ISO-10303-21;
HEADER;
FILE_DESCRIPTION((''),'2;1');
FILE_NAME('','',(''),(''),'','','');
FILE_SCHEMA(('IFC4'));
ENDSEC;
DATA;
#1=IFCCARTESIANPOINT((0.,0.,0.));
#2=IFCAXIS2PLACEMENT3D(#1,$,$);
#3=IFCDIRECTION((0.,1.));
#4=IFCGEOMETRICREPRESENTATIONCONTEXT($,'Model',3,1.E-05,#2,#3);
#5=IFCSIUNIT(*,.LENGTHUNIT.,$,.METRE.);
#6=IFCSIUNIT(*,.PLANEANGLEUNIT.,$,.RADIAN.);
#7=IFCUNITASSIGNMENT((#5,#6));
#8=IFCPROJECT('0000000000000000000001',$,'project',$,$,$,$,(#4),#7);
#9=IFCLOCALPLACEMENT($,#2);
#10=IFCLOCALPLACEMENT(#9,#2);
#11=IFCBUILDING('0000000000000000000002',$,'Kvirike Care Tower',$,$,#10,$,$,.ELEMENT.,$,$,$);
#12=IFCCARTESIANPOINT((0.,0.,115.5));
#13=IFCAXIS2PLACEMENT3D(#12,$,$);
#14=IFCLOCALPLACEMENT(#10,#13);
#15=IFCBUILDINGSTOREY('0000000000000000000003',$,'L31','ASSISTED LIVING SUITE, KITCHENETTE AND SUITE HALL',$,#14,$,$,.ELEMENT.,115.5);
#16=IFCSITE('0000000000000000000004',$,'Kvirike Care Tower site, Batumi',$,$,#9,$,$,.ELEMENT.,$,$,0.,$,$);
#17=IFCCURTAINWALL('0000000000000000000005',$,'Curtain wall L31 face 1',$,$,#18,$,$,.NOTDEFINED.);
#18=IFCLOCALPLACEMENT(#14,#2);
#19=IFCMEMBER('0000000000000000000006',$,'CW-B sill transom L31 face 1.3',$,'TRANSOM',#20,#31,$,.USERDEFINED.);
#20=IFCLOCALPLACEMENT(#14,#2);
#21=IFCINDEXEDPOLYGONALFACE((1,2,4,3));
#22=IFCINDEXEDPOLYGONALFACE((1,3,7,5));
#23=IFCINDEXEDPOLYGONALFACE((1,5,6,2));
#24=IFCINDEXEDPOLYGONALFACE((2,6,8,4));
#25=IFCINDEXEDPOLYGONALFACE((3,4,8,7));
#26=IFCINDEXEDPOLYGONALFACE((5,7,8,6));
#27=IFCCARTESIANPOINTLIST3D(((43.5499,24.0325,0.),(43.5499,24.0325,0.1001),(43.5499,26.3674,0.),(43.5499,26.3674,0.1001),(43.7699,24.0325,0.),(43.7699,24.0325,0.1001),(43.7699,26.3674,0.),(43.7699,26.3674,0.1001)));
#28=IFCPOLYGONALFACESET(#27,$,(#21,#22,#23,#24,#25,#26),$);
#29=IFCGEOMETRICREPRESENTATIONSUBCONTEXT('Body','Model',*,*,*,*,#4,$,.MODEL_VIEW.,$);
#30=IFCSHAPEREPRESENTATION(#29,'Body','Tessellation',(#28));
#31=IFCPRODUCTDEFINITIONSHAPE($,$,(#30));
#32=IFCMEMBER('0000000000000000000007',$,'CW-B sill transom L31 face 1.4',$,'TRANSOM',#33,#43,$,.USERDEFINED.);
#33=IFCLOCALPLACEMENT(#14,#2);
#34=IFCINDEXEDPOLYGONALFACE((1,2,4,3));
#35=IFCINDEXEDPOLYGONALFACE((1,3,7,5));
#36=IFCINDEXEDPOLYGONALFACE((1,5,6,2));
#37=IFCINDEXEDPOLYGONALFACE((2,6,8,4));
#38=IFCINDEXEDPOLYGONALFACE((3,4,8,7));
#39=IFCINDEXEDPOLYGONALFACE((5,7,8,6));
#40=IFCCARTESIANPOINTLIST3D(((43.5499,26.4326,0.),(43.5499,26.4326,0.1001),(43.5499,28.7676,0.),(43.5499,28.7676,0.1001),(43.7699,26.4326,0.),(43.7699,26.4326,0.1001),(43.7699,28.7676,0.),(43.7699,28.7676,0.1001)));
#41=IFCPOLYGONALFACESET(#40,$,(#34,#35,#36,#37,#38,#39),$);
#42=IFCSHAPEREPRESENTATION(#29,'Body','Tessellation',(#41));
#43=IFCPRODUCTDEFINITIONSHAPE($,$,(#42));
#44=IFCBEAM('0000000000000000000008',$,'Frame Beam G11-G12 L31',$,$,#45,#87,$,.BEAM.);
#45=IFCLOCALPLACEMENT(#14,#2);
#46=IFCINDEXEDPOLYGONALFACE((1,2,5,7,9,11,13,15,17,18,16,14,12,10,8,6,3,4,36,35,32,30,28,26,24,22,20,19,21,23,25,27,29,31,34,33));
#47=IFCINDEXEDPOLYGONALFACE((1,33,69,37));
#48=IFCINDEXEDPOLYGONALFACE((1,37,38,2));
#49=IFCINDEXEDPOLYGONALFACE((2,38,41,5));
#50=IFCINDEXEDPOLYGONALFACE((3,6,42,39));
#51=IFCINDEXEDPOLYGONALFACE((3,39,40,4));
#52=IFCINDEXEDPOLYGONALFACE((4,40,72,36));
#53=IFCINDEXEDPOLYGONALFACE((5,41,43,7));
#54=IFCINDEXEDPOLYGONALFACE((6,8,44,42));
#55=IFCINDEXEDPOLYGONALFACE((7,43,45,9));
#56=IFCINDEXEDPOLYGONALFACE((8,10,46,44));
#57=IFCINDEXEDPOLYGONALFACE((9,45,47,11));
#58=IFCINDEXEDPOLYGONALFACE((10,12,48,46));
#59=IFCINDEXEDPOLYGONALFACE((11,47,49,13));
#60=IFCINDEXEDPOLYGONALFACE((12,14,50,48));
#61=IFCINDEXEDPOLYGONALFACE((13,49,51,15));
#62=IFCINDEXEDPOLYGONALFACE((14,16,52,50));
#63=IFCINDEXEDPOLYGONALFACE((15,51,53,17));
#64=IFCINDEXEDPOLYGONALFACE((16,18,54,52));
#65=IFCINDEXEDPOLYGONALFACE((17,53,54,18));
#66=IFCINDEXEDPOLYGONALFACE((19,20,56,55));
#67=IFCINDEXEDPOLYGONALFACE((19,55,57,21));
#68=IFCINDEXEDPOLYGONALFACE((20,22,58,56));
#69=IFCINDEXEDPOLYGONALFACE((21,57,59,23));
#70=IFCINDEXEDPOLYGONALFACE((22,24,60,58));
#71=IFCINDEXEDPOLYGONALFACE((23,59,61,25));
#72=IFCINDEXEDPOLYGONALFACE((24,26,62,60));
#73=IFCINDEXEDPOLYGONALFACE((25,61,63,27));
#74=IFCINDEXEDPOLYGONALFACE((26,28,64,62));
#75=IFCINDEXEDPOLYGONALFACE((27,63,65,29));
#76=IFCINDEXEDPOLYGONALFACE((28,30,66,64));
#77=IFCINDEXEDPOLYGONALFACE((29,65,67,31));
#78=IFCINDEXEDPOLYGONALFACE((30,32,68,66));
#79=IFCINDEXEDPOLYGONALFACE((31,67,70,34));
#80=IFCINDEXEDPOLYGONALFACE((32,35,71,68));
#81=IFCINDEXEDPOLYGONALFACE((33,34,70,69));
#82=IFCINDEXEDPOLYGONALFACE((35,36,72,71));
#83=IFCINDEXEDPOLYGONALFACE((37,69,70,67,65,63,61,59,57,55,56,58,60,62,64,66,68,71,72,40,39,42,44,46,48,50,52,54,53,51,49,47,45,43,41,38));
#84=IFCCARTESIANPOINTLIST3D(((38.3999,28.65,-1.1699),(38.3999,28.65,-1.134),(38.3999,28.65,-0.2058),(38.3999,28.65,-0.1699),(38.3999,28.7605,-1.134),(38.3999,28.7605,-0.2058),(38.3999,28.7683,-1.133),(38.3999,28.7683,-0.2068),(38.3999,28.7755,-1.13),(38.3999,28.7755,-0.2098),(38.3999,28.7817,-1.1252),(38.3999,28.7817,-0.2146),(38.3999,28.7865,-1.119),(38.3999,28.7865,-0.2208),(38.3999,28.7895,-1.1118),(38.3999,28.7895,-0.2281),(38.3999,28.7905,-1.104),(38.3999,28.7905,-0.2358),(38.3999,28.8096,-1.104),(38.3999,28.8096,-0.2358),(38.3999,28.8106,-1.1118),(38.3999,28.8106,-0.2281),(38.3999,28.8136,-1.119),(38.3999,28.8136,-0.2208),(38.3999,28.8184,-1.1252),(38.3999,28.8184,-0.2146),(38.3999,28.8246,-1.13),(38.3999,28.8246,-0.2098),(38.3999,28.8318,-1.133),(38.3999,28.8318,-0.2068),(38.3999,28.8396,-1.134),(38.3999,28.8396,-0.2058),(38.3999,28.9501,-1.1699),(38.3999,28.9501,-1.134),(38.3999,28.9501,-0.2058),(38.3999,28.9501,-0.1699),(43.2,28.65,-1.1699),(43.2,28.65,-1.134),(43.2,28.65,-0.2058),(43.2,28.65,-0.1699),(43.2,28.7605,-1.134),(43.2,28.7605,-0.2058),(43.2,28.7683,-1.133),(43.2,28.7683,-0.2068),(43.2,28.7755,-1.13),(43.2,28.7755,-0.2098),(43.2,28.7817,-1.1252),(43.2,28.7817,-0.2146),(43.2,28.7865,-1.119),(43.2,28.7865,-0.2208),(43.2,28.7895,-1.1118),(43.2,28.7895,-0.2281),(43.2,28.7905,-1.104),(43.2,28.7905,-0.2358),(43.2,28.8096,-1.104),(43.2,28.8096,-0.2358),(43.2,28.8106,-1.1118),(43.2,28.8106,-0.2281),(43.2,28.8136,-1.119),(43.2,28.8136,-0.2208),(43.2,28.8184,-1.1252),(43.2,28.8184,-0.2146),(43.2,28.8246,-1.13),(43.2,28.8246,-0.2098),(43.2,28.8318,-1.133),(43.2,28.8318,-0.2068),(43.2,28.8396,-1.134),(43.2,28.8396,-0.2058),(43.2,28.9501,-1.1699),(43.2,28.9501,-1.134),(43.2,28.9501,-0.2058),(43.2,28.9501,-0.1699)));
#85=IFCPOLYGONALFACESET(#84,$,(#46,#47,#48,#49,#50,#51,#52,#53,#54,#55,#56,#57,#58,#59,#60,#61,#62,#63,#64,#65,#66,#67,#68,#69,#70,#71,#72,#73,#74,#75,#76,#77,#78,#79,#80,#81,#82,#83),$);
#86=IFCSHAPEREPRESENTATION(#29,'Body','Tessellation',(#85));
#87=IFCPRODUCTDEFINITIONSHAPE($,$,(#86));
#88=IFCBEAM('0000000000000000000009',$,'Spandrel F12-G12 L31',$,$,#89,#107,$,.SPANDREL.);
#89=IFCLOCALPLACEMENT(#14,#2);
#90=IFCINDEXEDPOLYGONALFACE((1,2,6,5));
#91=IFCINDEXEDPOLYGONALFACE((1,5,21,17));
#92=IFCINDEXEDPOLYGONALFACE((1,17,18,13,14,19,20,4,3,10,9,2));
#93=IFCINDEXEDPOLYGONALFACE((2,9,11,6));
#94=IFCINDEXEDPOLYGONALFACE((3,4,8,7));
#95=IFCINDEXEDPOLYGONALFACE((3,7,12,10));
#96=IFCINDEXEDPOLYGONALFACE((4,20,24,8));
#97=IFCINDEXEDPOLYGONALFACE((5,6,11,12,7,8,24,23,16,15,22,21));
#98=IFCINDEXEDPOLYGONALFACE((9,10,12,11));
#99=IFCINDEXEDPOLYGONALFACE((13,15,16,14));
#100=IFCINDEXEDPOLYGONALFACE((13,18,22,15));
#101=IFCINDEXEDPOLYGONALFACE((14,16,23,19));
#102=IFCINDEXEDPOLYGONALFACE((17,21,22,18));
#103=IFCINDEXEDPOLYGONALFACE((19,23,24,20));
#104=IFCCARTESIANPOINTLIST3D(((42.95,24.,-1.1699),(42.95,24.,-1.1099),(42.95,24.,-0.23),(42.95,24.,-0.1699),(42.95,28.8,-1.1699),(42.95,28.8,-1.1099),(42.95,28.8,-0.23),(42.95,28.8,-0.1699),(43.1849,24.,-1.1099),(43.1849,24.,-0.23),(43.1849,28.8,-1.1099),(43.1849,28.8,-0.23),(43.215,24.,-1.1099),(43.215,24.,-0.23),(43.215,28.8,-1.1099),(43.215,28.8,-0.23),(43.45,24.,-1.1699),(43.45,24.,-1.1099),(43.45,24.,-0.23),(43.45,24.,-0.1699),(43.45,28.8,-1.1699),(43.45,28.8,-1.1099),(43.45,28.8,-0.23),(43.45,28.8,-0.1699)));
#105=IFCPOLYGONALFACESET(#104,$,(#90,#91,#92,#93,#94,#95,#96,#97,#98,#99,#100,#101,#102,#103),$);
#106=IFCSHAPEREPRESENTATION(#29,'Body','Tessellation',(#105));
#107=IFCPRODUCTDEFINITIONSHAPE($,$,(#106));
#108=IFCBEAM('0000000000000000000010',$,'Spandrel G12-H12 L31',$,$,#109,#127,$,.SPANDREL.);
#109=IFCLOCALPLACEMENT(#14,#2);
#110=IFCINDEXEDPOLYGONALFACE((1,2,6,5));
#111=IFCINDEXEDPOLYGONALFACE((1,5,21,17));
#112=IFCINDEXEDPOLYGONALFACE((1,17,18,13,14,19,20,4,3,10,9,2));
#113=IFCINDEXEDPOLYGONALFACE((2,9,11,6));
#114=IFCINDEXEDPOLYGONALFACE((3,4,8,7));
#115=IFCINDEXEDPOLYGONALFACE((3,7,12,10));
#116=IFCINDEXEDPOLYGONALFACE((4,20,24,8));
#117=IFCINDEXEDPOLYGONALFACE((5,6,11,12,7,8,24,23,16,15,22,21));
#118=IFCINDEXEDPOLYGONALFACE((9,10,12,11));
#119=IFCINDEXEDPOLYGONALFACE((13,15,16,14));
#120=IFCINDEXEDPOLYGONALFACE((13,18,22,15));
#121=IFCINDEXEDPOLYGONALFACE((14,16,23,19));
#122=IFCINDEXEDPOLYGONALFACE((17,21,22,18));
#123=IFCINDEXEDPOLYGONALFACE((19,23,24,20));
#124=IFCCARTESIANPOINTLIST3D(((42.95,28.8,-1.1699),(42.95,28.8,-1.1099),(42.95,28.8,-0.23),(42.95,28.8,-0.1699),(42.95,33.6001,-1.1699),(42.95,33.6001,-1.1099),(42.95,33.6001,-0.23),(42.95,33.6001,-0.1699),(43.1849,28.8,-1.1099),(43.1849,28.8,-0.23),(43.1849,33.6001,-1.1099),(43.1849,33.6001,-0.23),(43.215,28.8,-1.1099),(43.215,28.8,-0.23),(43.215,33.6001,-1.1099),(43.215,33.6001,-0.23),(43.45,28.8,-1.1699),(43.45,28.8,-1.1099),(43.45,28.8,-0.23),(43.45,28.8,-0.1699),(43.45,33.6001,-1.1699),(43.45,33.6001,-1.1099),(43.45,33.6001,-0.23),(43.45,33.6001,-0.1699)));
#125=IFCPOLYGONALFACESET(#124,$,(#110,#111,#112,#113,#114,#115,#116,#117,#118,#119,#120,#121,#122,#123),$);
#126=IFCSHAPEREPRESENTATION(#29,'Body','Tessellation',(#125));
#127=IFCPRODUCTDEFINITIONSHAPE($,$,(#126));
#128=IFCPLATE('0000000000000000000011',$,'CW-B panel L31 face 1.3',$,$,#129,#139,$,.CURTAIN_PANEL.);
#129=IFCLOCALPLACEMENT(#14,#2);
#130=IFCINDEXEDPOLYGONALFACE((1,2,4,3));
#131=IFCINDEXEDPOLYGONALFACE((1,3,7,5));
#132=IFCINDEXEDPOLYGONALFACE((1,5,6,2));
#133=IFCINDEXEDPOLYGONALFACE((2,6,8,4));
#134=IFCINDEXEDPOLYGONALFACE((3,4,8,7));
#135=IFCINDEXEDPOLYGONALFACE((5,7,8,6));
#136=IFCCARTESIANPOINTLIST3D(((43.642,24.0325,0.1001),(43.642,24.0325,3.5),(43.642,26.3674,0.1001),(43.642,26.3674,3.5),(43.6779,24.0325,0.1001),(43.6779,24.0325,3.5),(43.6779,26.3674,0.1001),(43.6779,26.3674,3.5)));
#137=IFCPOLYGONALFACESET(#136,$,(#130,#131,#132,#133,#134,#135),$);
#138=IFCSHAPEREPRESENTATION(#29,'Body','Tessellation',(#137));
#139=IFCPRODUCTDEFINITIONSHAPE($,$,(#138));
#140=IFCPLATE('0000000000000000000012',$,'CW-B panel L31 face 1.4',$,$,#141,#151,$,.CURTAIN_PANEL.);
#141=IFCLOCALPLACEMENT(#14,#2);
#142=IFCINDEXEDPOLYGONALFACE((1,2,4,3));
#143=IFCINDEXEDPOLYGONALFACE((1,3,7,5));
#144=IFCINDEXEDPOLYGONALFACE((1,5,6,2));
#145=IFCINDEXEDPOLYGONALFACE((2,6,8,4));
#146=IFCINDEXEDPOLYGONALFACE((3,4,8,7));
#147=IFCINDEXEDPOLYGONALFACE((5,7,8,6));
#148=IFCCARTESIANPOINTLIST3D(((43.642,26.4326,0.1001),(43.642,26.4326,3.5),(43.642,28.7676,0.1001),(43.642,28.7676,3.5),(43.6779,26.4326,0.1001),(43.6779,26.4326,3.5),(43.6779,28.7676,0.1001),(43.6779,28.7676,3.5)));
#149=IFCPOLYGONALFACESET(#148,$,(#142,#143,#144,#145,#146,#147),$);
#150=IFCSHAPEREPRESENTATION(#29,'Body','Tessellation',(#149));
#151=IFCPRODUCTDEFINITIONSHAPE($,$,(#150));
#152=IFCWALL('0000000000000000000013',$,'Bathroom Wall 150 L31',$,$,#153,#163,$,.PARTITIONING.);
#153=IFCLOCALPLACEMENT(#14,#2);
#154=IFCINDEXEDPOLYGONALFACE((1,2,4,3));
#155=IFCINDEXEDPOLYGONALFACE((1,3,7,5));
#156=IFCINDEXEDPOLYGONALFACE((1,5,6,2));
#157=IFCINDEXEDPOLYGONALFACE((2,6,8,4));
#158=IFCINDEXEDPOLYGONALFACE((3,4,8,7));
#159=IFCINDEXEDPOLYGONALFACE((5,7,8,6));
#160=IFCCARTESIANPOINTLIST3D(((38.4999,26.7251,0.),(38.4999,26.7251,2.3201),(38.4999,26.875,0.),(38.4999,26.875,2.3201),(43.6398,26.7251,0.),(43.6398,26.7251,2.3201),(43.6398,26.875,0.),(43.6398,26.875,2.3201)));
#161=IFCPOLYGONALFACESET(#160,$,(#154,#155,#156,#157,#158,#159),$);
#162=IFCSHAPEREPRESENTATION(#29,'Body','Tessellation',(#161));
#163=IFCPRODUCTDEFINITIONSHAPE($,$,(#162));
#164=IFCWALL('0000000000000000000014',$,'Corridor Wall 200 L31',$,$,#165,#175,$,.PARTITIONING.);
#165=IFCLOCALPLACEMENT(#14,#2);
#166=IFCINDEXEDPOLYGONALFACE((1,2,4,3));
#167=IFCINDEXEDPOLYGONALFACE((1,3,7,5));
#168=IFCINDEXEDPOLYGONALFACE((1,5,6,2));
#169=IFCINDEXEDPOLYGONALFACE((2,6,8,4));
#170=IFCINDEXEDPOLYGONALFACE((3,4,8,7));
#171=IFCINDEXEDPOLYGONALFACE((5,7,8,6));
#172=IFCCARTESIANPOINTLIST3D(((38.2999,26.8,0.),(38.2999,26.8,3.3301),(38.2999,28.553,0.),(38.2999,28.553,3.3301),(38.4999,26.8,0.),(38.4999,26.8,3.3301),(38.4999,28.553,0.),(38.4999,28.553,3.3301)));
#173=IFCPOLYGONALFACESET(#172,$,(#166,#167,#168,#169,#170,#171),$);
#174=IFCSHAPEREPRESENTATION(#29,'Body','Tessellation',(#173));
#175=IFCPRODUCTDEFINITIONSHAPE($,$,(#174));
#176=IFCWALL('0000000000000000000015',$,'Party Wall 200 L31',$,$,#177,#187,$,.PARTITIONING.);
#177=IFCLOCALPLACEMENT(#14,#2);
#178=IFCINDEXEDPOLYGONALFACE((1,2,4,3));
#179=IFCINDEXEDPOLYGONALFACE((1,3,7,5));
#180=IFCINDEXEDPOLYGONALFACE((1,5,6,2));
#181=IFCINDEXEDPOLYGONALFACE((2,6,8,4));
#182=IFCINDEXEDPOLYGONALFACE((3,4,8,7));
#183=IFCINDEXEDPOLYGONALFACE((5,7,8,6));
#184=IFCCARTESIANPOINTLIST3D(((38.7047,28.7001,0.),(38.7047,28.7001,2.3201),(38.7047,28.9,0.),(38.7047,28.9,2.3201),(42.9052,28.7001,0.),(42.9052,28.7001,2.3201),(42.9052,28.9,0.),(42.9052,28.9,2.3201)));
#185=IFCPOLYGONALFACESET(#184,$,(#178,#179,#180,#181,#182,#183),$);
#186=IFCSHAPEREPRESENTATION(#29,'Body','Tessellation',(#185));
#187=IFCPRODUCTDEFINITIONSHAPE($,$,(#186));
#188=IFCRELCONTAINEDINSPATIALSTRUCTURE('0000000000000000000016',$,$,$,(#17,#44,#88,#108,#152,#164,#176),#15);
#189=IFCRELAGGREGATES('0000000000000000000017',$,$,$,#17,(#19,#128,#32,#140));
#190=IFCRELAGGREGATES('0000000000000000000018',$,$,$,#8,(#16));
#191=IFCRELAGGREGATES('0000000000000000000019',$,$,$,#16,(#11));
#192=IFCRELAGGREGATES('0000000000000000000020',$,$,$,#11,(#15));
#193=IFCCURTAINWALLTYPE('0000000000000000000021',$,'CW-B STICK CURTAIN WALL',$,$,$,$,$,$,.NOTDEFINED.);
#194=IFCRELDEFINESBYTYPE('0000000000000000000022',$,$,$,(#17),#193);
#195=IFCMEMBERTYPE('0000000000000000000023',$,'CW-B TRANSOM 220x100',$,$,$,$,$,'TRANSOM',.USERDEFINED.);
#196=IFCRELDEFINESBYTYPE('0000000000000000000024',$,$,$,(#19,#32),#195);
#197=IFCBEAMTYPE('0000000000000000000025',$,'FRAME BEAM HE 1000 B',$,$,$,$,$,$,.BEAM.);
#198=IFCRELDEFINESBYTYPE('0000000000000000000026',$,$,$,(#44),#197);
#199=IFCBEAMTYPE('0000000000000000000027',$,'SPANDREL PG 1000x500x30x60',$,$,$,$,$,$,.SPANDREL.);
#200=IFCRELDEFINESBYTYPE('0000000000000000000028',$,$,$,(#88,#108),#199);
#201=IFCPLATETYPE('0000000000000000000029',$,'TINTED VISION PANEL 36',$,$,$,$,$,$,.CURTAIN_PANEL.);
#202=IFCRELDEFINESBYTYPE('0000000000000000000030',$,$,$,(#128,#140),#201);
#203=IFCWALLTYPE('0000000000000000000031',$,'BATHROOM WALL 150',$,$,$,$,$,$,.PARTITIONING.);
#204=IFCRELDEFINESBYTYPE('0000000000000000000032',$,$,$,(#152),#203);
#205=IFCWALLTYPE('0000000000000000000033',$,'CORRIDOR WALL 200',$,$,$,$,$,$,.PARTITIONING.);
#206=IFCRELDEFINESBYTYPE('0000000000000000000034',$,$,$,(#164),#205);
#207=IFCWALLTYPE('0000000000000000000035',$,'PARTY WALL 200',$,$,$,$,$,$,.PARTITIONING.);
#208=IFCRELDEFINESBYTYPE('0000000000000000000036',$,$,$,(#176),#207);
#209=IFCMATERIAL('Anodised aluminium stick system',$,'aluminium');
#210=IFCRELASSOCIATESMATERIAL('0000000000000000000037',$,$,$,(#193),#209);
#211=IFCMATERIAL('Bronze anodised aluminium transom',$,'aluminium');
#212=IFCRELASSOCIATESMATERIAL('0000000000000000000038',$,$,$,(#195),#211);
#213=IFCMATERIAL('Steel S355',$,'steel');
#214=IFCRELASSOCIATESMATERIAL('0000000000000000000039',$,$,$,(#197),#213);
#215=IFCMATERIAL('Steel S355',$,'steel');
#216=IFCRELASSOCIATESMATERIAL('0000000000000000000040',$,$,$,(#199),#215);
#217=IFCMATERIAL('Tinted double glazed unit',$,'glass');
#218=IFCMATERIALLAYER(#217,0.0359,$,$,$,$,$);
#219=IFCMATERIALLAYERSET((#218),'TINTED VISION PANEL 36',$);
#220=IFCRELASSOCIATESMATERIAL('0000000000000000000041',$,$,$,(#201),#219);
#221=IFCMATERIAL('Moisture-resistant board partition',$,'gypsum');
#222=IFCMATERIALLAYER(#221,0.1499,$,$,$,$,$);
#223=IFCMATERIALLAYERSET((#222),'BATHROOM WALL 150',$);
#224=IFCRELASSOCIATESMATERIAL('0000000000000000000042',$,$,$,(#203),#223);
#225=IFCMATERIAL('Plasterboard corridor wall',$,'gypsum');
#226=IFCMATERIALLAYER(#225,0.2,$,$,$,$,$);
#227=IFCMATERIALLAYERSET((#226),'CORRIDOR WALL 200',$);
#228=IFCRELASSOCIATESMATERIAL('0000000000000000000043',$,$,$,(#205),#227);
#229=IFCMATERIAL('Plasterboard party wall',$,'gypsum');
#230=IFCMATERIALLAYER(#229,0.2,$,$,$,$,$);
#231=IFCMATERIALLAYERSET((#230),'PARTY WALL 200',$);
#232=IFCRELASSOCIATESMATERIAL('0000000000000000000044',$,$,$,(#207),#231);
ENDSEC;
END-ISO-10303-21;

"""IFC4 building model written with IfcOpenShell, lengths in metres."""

from ifc_helpers import new_model, si_unit, direction, frame, frame_2d, origin, origin_2d, place, context, subcontext, project, spatial, rectangle, i_section, extrude, material, layer, layer_set, material_profile, profile_set, type_object, element, aggregate, save


model = new_model("IFC4")

# Units and contexts
model_context = context("Model", 3, precision=1e-05, world=origin(), true_north=direction((0.0, 1.0)))
body_context = subcontext(model_context, "Body", "Model", "MODEL_VIEW")
ifc_project = project(units=[si_unit("LENGTHUNIT", "METRE"), si_unit("PLANEANGLEUNIT", "RADIAN")], contexts=[model_context])

# Site, building, storey
site_placement = place(None, origin())
site = spatial("IfcSite", under=ifc_project, at=site_placement, Name="Kvirike Care Tower site, Batumi", CompositionType="ELEMENT", RefElevation=0.0)
building_placement = place(site_placement, origin())
building = spatial("IfcBuilding", under=site, at=building_placement, Name="Kvirike Care Tower", CompositionType="ELEMENT")
storey_placement = place(building_placement, frame((0.0, 0.0, 115.5)))
storey = spatial("IfcBuildingStorey", under=building, at=storey_placement, Name="L31", Description="ASSISTED LIVING SUITE, KITCHENETTE AND SUITE HALL", CompositionType="ELEMENT", Elevation=115.5)

# Curtain wall, members
ifc_material_1 = material(Name="Anodised aluminium stick system", Category="aluminium")
curtain_wall_type = type_object("IfcCurtainWallType", Name="CW-B STICK CURTAIN WALL", PredefinedType="NOTDEFINED", material=ifc_material_1)
curtain_wall_placement = place(storey_placement, origin())
curtain_wall = element("IfcCurtainWall", 1, at=curtain_wall_placement, inside=storey, type_object=curtain_wall_type, Name="Curtain wall L31 face 1", PredefinedType="NOTDEFINED")
ifc_material_2 = material(Name="Bronze anodised aluminium transom", Category="aluminium")
ifc_material_profile_1 = material_profile(ifc_material_2, rectangle(XDim=0.22, YDim=0.1001, at=origin_2d()), Name="CW-B TRANSOM 220x100")
ifc_profile_set_1 = profile_set([ifc_material_profile_1], Name="Bronze anodised aluminium transom")
member_type_1 = type_object("IfcMemberType", Name="CW-B TRANSOM 220x100", ElementType="TRANSOM", PredefinedType="USERDEFINED", material=ifc_profile_set_1)
member_1_placement = place(storey_placement, frame((43.6599, 24.0325, 0.05), z_axis=(0.0, 1.0, 0.0), x_axis=(-1.0, 0.0, 0.0)))
member_1 = element("IfcMember", 2, at=member_1_placement, type_object=member_type_1, Name="CW-B sill transom L31 face 1.3", ObjectType="TRANSOM", PredefinedType="USERDEFINED", context=body_context, shape_type="SweptSolid", body=[
    extrude(rectangle(XDim=0.22, YDim=0.1001, at=origin_2d()), origin(), (0.0, 0.0, 1.0), 2.335),
])
member_2_placement = place(storey_placement, frame((43.6599, 26.4326, 0.05), z_axis=(0.0, 1.0, 0.0), x_axis=(-1.0, 0.0, 0.0)))
member_2 = element("IfcMember", 3, at=member_2_placement, type_object=member_type_1, Name="CW-B sill transom L31 face 1.4", ObjectType="TRANSOM", PredefinedType="USERDEFINED", context=body_context, shape_type="SweptSolid", body=[
    extrude(rectangle(XDim=0.22, YDim=0.1001, at=origin_2d()), origin(), (0.0, 0.0, 1.0), 2.335),
])

# Beams
ifc_material_3 = material(Name="Steel S355", Category="steel")
ifc_material_profile_2 = material_profile(ifc_material_3, i_section(OverallWidth=0.3, OverallDepth=1.0, WebThickness=0.019, FlangeThickness=0.0359, FilletRadius=0.03, at=origin_2d()), Name="HE 1000 B")
ifc_profile_set_2 = profile_set([ifc_material_profile_2], Name="Steel S355")
beam_type_1 = type_object("IfcBeamType", Name="FRAME BEAM HE 1000 B", PredefinedType="BEAM", material=ifc_profile_set_2)
beam_placement = place(storey_placement, frame((38.3999, 28.8, -0.6699), z_axis=(1.0, 0.0, 0.0), x_axis=(0.0, 1.0, 0.0)))
element("IfcBeam", 4, at=beam_placement, inside=storey, type_object=beam_type_1, Name="Frame Beam G11-G12 L31", PredefinedType="BEAM", context=body_context, shape_type="SweptSolid", body=[
    extrude(i_section(OverallWidth=0.3, OverallDepth=1.0, WebThickness=0.019, FlangeThickness=0.0359, FilletRadius=0.03, at=origin_2d()), origin(), (0.0, 0.0, 1.0), 4.8),
])
ifc_material_4 = material(Name="Steel S355", Category="steel")
ifc_material_profile_3 = material_profile(ifc_material_4, i_section(OverallWidth=0.5, OverallDepth=1.0, WebThickness=0.03, FlangeThickness=0.0601, at=origin_2d()), Name="PG 1000x500x30x60")
ifc_profile_set_3 = profile_set([ifc_material_profile_3], Name="Steel S355")
beam_type_2 = type_object("IfcBeamType", Name="SPANDREL PG 1000x500x30x60", PredefinedType="SPANDREL", material=ifc_profile_set_3)
for number, where, z_axis, x_axis, name in (
    (5, (43.2, 24.0, -0.6699), (0.0, 1.0, 0.0), (-1.0, 0.0, 0.0), "Spandrel F12-G12 L31"),
    (6, (43.2, 28.8, -0.6699), (0.0, 1.0, 0.0), (-1.0, 0.0, 0.0), "Spandrel G12-H12 L31"),
):
    element("IfcBeam", number, at=place(storey_placement, frame(where, z_axis=z_axis, x_axis=x_axis)), inside=storey, type_object=beam_type_2, Name=name, PredefinedType="SPANDREL", context=body_context, shape_type="SweptSolid", body=[
        extrude(i_section(OverallWidth=0.5, OverallDepth=1.0, WebThickness=0.03, FlangeThickness=0.0601, at=origin_2d()), origin(), (0.0, 0.0, 1.0), 4.8),
    ])

# Plates
ifc_material_5 = material(Name="Tinted double glazed unit", Category="glass")
ifc_layer_1 = layer(ifc_material_5, 0.0359)
ifc_layer_set_1 = layer_set([ifc_layer_1], Name="TINTED VISION PANEL 36")
plate_type = type_object("IfcPlateType", Name="TINTED VISION PANEL 36", PredefinedType="CURTAIN_PANEL", material=ifc_layer_set_1)
plate_1_placement = place(storey_placement, frame((43.6599, 25.2, 0.1001), z_axis=(0.0, 0.0, 1.0), x_axis=(0.0, 1.0, 0.0)))
plate_1 = element("IfcPlate", 7, at=plate_1_placement, type_object=plate_type, Name="CW-B panel L31 face 1.3", PredefinedType="CURTAIN_PANEL", context=body_context, shape_type="SweptSolid", body=[
    extrude(rectangle(XDim=2.335, YDim=0.0359, at=origin_2d()), origin(), (0.0, 0.0, 1.0), 3.3999),
])
plate_2_placement = place(storey_placement, frame((43.6599, 27.6001, 0.1001), z_axis=(0.0, 0.0, 1.0), x_axis=(0.0, 1.0, 0.0)))
plate_2 = element("IfcPlate", 8, at=plate_2_placement, type_object=plate_type, Name="CW-B panel L31 face 1.4", PredefinedType="CURTAIN_PANEL", context=body_context, shape_type="SweptSolid", body=[
    extrude(rectangle(XDim=2.335, YDim=0.0359, at=origin_2d()), origin(), (0.0, 0.0, 1.0), 3.3999),
])
aggregate(curtain_wall, [member_1, plate_1, member_2, plate_2])

# Walls
ifc_material_6 = material(Name="Moisture-resistant board partition", Category="gypsum")
ifc_layer_2 = layer(ifc_material_6, 0.1499)
ifc_layer_set_2 = layer_set([ifc_layer_2], Name="BATHROOM WALL 150")
wall_type_1 = type_object("IfcWallType", Name="BATHROOM WALL 150", PredefinedType="PARTITIONING", material=ifc_layer_set_2)
wall_1_placement = place(storey_placement, frame((38.5, 26.8, 0.0), z_axis=(0.0, 0.0, 1.0), x_axis=(1.0, 0.0, 0.0)))
element("IfcWall", 9, at=wall_1_placement, inside=storey, type_object=wall_type_1, Name="Bathroom Wall 150 L31", PredefinedType="PARTITIONING", context=body_context, shape_type="SweptSolid", body=[
    extrude(rectangle(XDim=5.1399, YDim=0.1499, at=frame_2d((2.5698, 0.0))), origin(), (0.0, 0.0, 1.0), 2.3201),
])
ifc_material_7 = material(Name="Plasterboard corridor wall", Category="gypsum")
ifc_layer_3 = layer(ifc_material_7, 0.2)
ifc_layer_set_3 = layer_set([ifc_layer_3], Name="CORRIDOR WALL 200")
wall_type_2 = type_object("IfcWallType", Name="CORRIDOR WALL 200", PredefinedType="PARTITIONING", material=ifc_layer_set_3)
wall_2_placement = place(storey_placement, frame((38.3999, 26.8, 0.0), z_axis=(0.0, 0.0, 1.0), x_axis=(0.0, 1.0, 0.0)))
element("IfcWall", 10, at=wall_2_placement, inside=storey, type_object=wall_type_2, Name="Corridor Wall 200 L31", PredefinedType="PARTITIONING", context=body_context, shape_type="SweptSolid", body=[
    extrude(rectangle(XDim=1.7529, YDim=0.2, at=frame_2d((0.8765, 0.0))), origin(), (0.0, 0.0, 1.0), 3.3301),
])
ifc_material_8 = material(Name="Plasterboard party wall", Category="gypsum")
ifc_layer_4 = layer(ifc_material_8, 0.2)
ifc_layer_set_4 = layer_set([ifc_layer_4], Name="PARTY WALL 200")
wall_type_3 = type_object("IfcWallType", Name="PARTY WALL 200", PredefinedType="PARTITIONING", material=ifc_layer_set_4)
wall_3_placement = place(storey_placement, frame((42.905, 28.8, 0.0), z_axis=(0.0, 0.0, 1.0), x_axis=(-1.0, 0.0, 0.0)))
element("IfcWall", 11, at=wall_3_placement, inside=storey, type_object=wall_type_3, Name="Party Wall 200 L31", PredefinedType="PARTITIONING", context=body_context, shape_type="SweptSolid", body=[
    extrude(rectangle(XDim=4.2004, YDim=0.2, at=frame_2d((2.1001, 0.0))), origin(), (0.0, 0.0, 1.0), 2.3201),
])

save(model, "model.ifc")
